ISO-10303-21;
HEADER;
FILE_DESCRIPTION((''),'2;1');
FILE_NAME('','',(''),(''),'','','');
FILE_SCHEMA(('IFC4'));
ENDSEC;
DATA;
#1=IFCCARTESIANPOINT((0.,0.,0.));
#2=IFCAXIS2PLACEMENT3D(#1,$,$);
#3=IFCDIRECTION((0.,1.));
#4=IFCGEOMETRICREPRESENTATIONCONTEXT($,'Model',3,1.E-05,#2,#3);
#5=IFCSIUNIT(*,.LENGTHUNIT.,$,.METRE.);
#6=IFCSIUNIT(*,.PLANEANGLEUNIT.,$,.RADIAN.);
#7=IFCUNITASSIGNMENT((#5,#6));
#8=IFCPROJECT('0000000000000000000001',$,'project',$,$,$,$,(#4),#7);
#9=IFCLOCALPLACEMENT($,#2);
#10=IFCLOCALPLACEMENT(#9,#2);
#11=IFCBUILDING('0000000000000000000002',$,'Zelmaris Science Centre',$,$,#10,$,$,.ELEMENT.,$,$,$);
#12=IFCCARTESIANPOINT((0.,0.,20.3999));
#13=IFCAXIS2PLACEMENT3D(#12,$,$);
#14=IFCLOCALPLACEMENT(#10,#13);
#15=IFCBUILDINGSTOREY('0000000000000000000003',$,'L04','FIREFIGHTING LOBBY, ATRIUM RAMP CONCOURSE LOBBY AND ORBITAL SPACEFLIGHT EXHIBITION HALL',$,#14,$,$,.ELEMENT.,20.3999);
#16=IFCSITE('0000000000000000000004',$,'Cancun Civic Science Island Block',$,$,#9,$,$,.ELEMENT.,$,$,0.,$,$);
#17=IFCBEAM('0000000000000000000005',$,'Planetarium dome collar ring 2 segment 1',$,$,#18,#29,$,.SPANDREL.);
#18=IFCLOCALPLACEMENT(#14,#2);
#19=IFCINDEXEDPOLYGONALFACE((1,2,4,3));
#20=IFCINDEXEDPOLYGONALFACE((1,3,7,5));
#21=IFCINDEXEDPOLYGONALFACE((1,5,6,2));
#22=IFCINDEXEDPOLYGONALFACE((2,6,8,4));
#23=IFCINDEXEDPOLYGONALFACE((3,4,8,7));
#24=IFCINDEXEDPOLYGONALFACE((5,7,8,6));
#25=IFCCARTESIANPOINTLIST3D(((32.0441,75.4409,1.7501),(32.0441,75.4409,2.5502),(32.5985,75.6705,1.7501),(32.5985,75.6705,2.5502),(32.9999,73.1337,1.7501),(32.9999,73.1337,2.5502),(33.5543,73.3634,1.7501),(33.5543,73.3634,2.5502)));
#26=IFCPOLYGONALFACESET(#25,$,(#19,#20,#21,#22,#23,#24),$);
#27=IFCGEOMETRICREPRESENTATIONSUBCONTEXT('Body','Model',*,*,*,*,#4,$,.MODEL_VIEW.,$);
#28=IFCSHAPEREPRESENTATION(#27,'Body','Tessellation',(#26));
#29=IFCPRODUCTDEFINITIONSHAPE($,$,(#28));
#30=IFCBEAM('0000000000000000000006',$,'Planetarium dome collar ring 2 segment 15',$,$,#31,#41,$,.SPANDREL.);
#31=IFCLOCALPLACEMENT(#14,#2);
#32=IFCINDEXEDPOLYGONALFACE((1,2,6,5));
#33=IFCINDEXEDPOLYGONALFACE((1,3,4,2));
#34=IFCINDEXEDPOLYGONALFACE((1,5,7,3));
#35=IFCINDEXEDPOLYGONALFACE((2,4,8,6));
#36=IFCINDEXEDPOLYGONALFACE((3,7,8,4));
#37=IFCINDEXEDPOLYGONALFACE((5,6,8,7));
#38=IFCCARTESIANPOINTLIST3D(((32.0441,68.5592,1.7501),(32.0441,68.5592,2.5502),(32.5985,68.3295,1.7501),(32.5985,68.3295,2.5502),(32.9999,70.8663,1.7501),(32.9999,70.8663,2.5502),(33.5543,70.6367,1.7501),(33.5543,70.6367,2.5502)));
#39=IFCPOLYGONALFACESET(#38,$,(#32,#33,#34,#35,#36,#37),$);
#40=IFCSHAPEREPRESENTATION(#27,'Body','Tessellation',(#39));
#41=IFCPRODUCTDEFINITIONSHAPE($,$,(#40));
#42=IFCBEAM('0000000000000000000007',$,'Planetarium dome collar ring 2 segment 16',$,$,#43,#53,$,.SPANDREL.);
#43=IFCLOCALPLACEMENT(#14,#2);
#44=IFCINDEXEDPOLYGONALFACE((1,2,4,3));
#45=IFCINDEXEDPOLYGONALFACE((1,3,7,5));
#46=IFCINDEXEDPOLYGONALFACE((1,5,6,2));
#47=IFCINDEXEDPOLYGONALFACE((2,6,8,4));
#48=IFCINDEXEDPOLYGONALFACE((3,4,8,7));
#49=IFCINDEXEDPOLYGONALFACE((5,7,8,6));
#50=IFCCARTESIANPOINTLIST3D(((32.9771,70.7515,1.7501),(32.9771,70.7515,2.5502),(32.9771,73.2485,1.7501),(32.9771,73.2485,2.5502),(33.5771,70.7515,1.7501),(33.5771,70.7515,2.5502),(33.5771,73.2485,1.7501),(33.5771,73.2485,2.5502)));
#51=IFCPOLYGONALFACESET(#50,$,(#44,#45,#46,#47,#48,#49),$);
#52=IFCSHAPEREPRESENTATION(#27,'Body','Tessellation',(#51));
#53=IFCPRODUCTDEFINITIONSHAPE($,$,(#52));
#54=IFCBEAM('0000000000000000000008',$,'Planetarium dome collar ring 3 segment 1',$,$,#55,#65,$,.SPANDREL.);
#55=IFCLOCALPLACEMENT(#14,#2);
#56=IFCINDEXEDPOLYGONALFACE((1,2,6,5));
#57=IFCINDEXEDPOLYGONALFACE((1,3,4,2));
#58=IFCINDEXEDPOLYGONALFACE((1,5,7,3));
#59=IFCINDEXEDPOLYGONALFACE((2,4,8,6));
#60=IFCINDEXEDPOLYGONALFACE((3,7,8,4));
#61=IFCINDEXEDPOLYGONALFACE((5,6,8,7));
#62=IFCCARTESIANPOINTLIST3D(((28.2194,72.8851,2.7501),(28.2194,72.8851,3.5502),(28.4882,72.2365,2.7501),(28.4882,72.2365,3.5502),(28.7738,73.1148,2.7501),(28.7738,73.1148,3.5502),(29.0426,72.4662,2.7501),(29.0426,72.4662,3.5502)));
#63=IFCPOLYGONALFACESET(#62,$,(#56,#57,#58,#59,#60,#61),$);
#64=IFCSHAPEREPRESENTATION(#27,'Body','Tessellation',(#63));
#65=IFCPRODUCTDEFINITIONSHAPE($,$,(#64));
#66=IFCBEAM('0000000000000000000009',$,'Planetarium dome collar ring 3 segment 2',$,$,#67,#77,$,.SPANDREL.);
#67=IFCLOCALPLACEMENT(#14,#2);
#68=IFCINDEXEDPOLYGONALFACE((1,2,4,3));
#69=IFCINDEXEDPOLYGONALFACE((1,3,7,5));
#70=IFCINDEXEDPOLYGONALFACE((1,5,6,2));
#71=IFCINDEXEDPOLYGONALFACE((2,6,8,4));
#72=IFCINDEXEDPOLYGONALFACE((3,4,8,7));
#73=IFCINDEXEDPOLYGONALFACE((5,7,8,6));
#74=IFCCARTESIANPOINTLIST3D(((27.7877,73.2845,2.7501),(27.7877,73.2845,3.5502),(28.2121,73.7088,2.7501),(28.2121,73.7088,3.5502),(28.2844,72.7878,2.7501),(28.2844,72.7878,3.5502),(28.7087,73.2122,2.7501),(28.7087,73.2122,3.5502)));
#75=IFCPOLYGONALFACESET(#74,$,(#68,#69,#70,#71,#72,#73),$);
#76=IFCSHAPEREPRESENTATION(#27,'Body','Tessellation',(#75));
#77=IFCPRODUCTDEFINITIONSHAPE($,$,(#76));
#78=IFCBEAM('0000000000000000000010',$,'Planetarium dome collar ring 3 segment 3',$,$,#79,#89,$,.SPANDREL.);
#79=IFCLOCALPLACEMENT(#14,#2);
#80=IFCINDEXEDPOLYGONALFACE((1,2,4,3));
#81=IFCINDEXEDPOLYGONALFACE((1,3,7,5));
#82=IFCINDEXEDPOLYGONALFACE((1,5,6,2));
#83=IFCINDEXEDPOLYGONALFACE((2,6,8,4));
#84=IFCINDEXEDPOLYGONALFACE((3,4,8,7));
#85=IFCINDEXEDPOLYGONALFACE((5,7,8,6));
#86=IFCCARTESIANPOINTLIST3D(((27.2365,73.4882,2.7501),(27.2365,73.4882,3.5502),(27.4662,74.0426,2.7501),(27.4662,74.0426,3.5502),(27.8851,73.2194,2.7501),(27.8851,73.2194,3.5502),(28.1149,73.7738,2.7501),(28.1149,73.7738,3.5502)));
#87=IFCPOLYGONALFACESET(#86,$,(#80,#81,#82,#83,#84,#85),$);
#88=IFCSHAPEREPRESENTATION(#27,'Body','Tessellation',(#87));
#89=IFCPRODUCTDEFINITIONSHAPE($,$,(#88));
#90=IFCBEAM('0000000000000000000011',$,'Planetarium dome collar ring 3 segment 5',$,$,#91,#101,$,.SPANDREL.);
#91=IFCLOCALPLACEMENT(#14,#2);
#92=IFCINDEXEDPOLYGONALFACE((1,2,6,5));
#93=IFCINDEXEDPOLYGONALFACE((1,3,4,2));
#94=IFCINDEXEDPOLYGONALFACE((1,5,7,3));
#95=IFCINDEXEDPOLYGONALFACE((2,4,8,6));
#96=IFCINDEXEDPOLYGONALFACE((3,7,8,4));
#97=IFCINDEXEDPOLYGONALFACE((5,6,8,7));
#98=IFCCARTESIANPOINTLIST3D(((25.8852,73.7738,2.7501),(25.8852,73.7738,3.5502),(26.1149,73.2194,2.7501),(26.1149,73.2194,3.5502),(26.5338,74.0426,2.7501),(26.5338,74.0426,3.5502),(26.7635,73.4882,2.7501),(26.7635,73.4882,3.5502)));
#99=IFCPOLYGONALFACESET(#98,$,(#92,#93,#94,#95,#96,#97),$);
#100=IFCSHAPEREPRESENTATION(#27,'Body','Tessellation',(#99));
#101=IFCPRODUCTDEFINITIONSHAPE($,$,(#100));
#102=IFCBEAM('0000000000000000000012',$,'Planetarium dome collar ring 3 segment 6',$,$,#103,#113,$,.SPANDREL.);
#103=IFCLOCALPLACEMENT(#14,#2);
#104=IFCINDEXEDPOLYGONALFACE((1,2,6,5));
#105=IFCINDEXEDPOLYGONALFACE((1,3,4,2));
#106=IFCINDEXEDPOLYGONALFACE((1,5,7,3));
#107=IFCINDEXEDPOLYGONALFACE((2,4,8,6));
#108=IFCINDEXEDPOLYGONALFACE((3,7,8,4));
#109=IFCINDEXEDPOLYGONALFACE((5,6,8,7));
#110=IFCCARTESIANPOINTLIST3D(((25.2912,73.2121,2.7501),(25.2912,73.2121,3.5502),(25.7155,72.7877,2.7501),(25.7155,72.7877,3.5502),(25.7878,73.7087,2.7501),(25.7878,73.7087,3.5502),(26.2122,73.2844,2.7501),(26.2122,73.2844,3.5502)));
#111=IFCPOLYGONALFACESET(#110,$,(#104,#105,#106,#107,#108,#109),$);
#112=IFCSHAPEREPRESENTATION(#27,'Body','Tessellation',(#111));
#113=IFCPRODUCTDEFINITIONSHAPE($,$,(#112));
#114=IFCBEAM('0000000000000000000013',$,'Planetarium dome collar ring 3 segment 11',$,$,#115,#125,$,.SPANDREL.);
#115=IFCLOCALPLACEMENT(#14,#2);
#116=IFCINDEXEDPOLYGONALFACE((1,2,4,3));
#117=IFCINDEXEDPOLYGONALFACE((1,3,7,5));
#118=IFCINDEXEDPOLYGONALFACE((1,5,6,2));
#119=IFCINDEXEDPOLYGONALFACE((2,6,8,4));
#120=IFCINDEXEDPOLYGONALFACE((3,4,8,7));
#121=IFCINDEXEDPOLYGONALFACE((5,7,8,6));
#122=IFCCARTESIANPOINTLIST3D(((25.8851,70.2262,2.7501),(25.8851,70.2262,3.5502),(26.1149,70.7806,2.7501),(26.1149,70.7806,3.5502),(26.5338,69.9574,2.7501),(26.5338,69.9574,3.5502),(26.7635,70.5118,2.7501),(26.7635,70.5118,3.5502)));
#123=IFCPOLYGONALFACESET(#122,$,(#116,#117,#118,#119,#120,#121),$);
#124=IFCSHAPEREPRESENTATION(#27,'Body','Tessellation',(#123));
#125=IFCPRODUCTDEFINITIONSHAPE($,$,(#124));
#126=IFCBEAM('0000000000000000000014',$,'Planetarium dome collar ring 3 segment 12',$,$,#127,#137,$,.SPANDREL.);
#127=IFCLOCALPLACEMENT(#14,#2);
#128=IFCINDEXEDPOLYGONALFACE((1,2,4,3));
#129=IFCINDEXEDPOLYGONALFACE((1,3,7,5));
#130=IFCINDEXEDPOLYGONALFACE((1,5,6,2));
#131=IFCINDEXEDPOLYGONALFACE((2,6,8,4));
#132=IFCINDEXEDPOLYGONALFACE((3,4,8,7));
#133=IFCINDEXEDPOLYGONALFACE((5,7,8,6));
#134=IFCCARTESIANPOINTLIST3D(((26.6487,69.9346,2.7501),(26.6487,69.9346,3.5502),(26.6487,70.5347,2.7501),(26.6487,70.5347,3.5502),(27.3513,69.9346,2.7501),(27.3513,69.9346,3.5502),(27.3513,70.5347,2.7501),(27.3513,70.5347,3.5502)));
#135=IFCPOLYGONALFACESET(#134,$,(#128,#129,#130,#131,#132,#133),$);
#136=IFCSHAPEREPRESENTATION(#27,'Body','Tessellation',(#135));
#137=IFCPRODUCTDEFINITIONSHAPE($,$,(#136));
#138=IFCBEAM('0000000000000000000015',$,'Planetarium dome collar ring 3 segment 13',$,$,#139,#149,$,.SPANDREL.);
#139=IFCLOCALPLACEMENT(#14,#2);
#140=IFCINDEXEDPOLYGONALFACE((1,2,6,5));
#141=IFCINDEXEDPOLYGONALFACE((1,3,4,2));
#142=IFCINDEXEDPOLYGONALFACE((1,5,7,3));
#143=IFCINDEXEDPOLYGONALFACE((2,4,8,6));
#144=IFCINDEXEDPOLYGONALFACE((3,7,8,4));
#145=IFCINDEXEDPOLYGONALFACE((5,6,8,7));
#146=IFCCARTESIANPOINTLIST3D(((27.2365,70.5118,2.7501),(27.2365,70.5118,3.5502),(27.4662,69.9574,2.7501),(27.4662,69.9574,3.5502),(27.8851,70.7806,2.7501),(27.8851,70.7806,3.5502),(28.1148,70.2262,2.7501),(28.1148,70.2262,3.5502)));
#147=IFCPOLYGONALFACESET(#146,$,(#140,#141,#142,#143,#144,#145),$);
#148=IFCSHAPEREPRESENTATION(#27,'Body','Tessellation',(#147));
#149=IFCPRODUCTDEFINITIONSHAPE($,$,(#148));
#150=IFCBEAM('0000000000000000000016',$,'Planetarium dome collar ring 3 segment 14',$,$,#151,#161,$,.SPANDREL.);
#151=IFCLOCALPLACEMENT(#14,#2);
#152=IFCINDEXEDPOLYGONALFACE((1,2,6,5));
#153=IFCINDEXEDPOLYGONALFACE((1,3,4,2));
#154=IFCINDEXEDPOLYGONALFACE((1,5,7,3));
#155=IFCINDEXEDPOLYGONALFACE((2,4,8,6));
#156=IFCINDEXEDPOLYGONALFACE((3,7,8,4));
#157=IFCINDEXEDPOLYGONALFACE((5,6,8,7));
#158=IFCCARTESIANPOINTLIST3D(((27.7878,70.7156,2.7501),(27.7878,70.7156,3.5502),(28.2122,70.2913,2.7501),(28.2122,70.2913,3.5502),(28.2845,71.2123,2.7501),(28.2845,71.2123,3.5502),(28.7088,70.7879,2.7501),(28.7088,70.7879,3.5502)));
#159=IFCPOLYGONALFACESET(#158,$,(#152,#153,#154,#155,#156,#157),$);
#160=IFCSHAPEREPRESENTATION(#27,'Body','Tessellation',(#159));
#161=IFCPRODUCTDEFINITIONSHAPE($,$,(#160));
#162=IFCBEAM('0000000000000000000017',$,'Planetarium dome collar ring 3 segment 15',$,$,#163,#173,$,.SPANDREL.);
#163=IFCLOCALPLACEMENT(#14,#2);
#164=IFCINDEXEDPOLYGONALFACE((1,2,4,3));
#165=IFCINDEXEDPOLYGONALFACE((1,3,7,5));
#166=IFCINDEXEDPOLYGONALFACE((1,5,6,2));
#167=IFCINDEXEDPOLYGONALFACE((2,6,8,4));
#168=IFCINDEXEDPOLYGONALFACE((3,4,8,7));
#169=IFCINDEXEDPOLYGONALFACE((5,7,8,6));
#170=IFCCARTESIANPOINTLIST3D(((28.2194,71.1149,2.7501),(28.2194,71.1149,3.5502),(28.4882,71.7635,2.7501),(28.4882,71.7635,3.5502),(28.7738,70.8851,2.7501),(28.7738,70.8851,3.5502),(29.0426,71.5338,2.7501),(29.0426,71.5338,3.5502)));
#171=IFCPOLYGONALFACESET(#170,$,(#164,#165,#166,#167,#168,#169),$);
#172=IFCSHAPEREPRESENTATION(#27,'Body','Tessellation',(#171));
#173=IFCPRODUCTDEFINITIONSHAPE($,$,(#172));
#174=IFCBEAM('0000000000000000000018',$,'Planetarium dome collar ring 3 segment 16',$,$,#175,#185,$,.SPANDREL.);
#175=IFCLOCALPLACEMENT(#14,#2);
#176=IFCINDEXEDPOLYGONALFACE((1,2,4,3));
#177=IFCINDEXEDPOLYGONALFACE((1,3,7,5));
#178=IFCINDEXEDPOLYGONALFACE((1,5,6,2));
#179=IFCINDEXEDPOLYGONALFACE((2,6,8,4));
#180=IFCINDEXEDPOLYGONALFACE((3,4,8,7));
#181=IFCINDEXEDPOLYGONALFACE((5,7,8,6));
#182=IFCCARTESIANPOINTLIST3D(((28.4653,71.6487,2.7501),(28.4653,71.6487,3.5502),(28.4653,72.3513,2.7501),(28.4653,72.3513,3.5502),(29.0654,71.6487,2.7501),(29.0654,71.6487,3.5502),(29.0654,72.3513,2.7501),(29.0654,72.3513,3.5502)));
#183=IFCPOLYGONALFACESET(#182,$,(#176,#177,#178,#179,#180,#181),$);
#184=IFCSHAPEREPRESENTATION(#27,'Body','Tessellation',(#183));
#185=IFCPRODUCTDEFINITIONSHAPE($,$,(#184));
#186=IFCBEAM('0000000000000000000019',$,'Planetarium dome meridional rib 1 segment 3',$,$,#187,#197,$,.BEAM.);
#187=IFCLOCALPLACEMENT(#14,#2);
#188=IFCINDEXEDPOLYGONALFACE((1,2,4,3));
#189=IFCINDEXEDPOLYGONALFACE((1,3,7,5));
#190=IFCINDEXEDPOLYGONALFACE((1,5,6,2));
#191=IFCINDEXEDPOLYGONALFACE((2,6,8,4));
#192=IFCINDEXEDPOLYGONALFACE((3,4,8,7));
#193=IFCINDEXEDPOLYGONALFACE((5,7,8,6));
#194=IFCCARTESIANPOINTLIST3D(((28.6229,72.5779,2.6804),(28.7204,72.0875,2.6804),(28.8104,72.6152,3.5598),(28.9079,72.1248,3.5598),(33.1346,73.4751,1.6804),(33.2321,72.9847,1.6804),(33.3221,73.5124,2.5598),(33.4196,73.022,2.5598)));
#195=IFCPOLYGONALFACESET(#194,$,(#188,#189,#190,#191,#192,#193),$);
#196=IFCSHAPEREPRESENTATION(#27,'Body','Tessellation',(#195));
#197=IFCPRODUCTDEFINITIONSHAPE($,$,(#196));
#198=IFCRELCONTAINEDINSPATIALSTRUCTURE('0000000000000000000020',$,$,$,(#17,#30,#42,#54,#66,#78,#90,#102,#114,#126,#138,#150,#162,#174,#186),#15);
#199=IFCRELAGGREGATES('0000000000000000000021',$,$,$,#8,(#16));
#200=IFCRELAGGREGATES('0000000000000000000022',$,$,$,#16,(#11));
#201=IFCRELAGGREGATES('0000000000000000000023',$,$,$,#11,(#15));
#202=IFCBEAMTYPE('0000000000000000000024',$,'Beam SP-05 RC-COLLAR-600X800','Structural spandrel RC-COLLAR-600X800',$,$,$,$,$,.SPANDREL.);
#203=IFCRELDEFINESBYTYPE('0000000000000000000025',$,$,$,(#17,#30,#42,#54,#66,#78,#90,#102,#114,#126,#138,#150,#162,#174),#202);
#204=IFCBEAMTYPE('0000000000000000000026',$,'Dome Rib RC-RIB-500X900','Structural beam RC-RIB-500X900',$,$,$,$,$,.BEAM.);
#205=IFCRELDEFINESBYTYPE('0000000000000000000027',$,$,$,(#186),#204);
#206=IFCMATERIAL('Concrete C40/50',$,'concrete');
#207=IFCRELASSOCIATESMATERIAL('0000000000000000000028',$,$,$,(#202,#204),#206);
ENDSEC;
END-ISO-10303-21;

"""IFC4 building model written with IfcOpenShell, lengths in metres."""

from ifc_helpers import new_model, si_unit, direction, frame, origin, origin_2d, place, context, subcontext, project, spatial, rectangle, extrude, material, material_profile, profile_set, type_object, element, save


model = new_model("IFC4")

# Units and contexts
model_context = context("Model", 3, precision=1e-05, world=origin(), true_north=direction((0.0, 1.0)))
body_context = subcontext(model_context, "Body", "Model", "MODEL_VIEW")
ifc_project = project(units=[si_unit("LENGTHUNIT", "METRE"), si_unit("PLANEANGLEUNIT", "RADIAN")], contexts=[model_context])

# Site, building, storey
site_placement = place(None, origin())
site = spatial("IfcSite", under=ifc_project, at=site_placement, Name="Cancun Civic Science Island Block", CompositionType="ELEMENT", RefElevation=0.0)
building_placement = place(site_placement, origin())
building = spatial("IfcBuilding", under=site, at=building_placement, Name="Zelmaris Science Centre", CompositionType="ELEMENT")
storey_placement = place(building_placement, frame((0.0, 0.0, 20.3999)))
storey = spatial("IfcBuildingStorey", under=building, at=storey_placement, Name="L04", Description="FIREFIGHTING LOBBY, ATRIUM RAMP CONCOURSE LOBBY AND ORBITAL SPACEFLIGHT EXHIBITION HALL", CompositionType="ELEMENT", Elevation=20.3999)

# Beams
ifc_material = material(Name="Concrete C40/50", Category="concrete")
ifc_material_profile_1 = material_profile(ifc_material, rectangle(XDim=0.6001, YDim=0.8, at=origin_2d()), Name="RC-COLLAR-600X800")
ifc_profile_set_1 = profile_set([ifc_material_profile_1], Name="Concrete C40/50")
beam_type_1 = type_object("IfcBeamType", Name="Beam SP-05 RC-COLLAR-600X800", Description="Structural spandrel RC-COLLAR-600X800", PredefinedType="SPANDREL", material=ifc_profile_set_1)
for number, where, z_axis, x_axis, name in (
    (1, (33.2771, 73.2485, 2.1501), (-0.38274, 0.923856, 0.0), (-0.923856, -0.38274, 0.0), "Planetarium dome collar ring 2 segment 1"),
    (2, (32.3213, 68.4443, 2.1501), (0.38274, 0.923856, 0.0), (-0.923856, 0.38274, 0.0), "Planetarium dome collar ring 2 segment 15"),
):
    element("IfcBeam", number, at=place(storey_placement, frame(where, z_axis=z_axis, x_axis=x_axis)), inside=storey, type_object=beam_type_1, Name=name, PredefinedType="SPANDREL", context=body_context, shape_type="SweptSolid", body=[
        extrude(rectangle(XDim=0.6001, YDim=0.8, at=origin_2d()), origin(), (0.0, 0.0, 1.0), 2.4973),
    ])
beam_1_placement = place(storey_placement, frame((33.2771, 70.7515, 2.1501), z_axis=(0.0, 1.0, 0.0), x_axis=(-1.0, 0.0, 0.0)))
element("IfcBeam", 3, at=beam_1_placement, inside=storey, type_object=beam_type_1, Name="Planetarium dome collar ring 2 segment 16", PredefinedType="SPANDREL", context=body_context, shape_type="SweptSolid", body=[
    extrude(rectangle(XDim=0.6001, YDim=0.8, at=origin_2d()), origin(), (0.0, 0.0, 1.0), 2.4971),
])
beam_2_placement = place(storey_placement, frame((28.7654, 72.3513, 3.1501), z_axis=(-0.382812, 0.923826, 0.0), x_axis=(-0.923826, -0.382812, 0.0)))
element("IfcBeam", 4, at=beam_2_placement, inside=storey, type_object=beam_type_1, Name="Planetarium dome collar ring 3 segment 1", PredefinedType="SPANDREL", context=body_context, shape_type="SweptSolid", body=[
    extrude(rectangle(XDim=0.6001, YDim=0.8, at=origin_2d()), origin(), (0.0, 0.0, 1.0), 0.7021),
])
beam_3_placement = place(storey_placement, frame((28.4966, 73.0, 3.1501), z_axis=(-0.707107, 0.707107, 0.0), x_axis=(-0.707107, -0.707107, 0.0)))
element("IfcBeam", 5, at=beam_3_placement, inside=storey, type_object=beam_type_1, Name="Planetarium dome collar ring 3 segment 2", PredefinedType="SPANDREL", context=body_context, shape_type="SweptSolid", body=[
    extrude(rectangle(XDim=0.6001, YDim=0.8, at=origin_2d()), origin(), (0.0, 0.0, 1.0), 0.7024),
])
for number, where, z_axis, x_axis, name in (
    (6, (28.0, 73.4966, 3.1501), (-0.923826, 0.382812, 0.0), (-0.382812, -0.923826, 0.0), "Planetarium dome collar ring 3 segment 3"),
    (7, (26.6487, 73.7654, 3.1501), (-0.923826, -0.382812, 0.0), (0.382812, -0.923826, 0.0), "Planetarium dome collar ring 3 segment 5"),
):
    element("IfcBeam", number, at=place(storey_placement, frame(where, z_axis=z_axis, x_axis=x_axis)), inside=storey, type_object=beam_type_1, Name=name, PredefinedType="SPANDREL", context=body_context, shape_type="SweptSolid", body=[
        extrude(rectangle(XDim=0.6001, YDim=0.8, at=origin_2d()), origin(), (0.0, 0.0, 1.0), 0.7021),
    ])
beam_4_placement = place(storey_placement, frame((26.0, 73.4966, 3.1501), z_axis=(-0.707107, -0.707107, 0.0), x_axis=(0.707107, -0.707107, 0.0)))
element("IfcBeam", 8, at=beam_4_placement, inside=storey, type_object=beam_type_1, Name="Planetarium dome collar ring 3 segment 6", PredefinedType="SPANDREL", context=body_context, shape_type="SweptSolid", body=[
    extrude(rectangle(XDim=0.6001, YDim=0.8, at=origin_2d()), origin(), (0.0, 0.0, 1.0), 0.7024),
])
beam_5_placement = place(storey_placement, frame((26.0, 70.5034, 3.1501), z_axis=(0.923826, -0.382812, 0.0), x_axis=(0.382812, 0.923826, 0.0)))
element("IfcBeam", 9, at=beam_5_placement, inside=storey, type_object=beam_type_1, Name="Planetarium dome collar ring 3 segment 11", PredefinedType="SPANDREL", context=body_context, shape_type="SweptSolid", body=[
    extrude(rectangle(XDim=0.6001, YDim=0.8, at=origin_2d()), origin(), (0.0, 0.0, 1.0), 0.7021),
])
beam_6_placement = place(storey_placement, frame((26.6487, 70.2346, 3.1501), z_axis=(1.0, 0.0, 0.0), x_axis=(0.0, 1.0, 0.0)))
element("IfcBeam", 10, at=beam_6_placement, inside=storey, type_object=beam_type_1, Name="Planetarium dome collar ring 3 segment 12", PredefinedType="SPANDREL", context=body_context, shape_type="SweptSolid", body=[
    extrude(rectangle(XDim=0.6001, YDim=0.8, at=origin_2d()), origin(), (0.0, 0.0, 1.0), 0.7026),
])
beam_7_placement = place(storey_placement, frame((27.3513, 70.2346, 3.1501), z_axis=(0.923826, 0.382812, 0.0), x_axis=(-0.382812, 0.923826, 0.0)))
element("IfcBeam", 11, at=beam_7_placement, inside=storey, type_object=beam_type_1, Name="Planetarium dome collar ring 3 segment 13", PredefinedType="SPANDREL", context=body_context, shape_type="SweptSolid", body=[
    extrude(rectangle(XDim=0.6001, YDim=0.8, at=origin_2d()), origin(), (0.0, 0.0, 1.0), 0.7021),
])
beam_8_placement = place(storey_placement, frame((28.0, 70.5034, 3.1501), z_axis=(0.707107, 0.707107, 0.0), x_axis=(-0.707107, 0.707107, 0.0)))
element("IfcBeam", 12, at=beam_8_placement, inside=storey, type_object=beam_type_1, Name="Planetarium dome collar ring 3 segment 14", PredefinedType="SPANDREL", context=body_context, shape_type="SweptSolid", body=[
    extrude(rectangle(XDim=0.6001, YDim=0.8, at=origin_2d()), origin(), (0.0, 0.0, 1.0), 0.7024),
])
beam_9_placement = place(storey_placement, frame((28.4966, 71.0, 3.1501), z_axis=(0.382812, 0.923826, 0.0), x_axis=(-0.923826, 0.382812, 0.0)))
element("IfcBeam", 13, at=beam_9_placement, inside=storey, type_object=beam_type_1, Name="Planetarium dome collar ring 3 segment 15", PredefinedType="SPANDREL", context=body_context, shape_type="SweptSolid", body=[
    extrude(rectangle(XDim=0.6001, YDim=0.8, at=origin_2d()), origin(), (0.0, 0.0, 1.0), 0.7021),
])
beam_10_placement = place(storey_placement, frame((28.7654, 71.6487, 3.1501), z_axis=(0.0, 1.0, 0.0), x_axis=(-1.0, 0.0, 0.0)))
element("IfcBeam", 14, at=beam_10_placement, inside=storey, type_object=beam_type_1, Name="Planetarium dome collar ring 3 segment 16", PredefinedType="SPANDREL", context=body_context, shape_type="SweptSolid", body=[
    extrude(rectangle(XDim=0.6001, YDim=0.8, at=origin_2d()), origin(), (0.0, 0.0, 1.0), 0.7026),
])
ifc_material_profile_2 = material_profile(ifc_material, rectangle(XDim=0.5, YDim=0.8999, at=origin_2d()), Name="RC-RIB-500X900")
ifc_profile_set_2 = profile_set([ifc_material_profile_2], Name="Concrete C40/50")
beam_type_2 = type_object("IfcBeamType", Name="Dome Rib RC-RIB-500X900", Description="Structural beam RC-RIB-500X900", PredefinedType="BEAM", material=ifc_profile_set_2)
for number, where, z_axis, x_axis, name in (
    (15, (33.2771, 73.2485, 2.1201), (-0.95841, -0.190593, 0.212427), (0.195044, -0.980794, 0.0), "Planetarium dome meridional rib 1 segment 3"),
):
    element("IfcBeam", number, at=place(storey_placement, frame(where, z_axis=z_axis, x_axis=x_axis)), inside=storey, type_object=beam_type_2, Name=name, PredefinedType="BEAM", context=body_context, shape_type="SweptSolid", body=[
        extrude(rectangle(XDim=0.5, YDim=0.8999, at=origin_2d()), origin(), (0.0, 0.0, 1.0), 4.7075),
    ])

save(model, "model.ifc")
